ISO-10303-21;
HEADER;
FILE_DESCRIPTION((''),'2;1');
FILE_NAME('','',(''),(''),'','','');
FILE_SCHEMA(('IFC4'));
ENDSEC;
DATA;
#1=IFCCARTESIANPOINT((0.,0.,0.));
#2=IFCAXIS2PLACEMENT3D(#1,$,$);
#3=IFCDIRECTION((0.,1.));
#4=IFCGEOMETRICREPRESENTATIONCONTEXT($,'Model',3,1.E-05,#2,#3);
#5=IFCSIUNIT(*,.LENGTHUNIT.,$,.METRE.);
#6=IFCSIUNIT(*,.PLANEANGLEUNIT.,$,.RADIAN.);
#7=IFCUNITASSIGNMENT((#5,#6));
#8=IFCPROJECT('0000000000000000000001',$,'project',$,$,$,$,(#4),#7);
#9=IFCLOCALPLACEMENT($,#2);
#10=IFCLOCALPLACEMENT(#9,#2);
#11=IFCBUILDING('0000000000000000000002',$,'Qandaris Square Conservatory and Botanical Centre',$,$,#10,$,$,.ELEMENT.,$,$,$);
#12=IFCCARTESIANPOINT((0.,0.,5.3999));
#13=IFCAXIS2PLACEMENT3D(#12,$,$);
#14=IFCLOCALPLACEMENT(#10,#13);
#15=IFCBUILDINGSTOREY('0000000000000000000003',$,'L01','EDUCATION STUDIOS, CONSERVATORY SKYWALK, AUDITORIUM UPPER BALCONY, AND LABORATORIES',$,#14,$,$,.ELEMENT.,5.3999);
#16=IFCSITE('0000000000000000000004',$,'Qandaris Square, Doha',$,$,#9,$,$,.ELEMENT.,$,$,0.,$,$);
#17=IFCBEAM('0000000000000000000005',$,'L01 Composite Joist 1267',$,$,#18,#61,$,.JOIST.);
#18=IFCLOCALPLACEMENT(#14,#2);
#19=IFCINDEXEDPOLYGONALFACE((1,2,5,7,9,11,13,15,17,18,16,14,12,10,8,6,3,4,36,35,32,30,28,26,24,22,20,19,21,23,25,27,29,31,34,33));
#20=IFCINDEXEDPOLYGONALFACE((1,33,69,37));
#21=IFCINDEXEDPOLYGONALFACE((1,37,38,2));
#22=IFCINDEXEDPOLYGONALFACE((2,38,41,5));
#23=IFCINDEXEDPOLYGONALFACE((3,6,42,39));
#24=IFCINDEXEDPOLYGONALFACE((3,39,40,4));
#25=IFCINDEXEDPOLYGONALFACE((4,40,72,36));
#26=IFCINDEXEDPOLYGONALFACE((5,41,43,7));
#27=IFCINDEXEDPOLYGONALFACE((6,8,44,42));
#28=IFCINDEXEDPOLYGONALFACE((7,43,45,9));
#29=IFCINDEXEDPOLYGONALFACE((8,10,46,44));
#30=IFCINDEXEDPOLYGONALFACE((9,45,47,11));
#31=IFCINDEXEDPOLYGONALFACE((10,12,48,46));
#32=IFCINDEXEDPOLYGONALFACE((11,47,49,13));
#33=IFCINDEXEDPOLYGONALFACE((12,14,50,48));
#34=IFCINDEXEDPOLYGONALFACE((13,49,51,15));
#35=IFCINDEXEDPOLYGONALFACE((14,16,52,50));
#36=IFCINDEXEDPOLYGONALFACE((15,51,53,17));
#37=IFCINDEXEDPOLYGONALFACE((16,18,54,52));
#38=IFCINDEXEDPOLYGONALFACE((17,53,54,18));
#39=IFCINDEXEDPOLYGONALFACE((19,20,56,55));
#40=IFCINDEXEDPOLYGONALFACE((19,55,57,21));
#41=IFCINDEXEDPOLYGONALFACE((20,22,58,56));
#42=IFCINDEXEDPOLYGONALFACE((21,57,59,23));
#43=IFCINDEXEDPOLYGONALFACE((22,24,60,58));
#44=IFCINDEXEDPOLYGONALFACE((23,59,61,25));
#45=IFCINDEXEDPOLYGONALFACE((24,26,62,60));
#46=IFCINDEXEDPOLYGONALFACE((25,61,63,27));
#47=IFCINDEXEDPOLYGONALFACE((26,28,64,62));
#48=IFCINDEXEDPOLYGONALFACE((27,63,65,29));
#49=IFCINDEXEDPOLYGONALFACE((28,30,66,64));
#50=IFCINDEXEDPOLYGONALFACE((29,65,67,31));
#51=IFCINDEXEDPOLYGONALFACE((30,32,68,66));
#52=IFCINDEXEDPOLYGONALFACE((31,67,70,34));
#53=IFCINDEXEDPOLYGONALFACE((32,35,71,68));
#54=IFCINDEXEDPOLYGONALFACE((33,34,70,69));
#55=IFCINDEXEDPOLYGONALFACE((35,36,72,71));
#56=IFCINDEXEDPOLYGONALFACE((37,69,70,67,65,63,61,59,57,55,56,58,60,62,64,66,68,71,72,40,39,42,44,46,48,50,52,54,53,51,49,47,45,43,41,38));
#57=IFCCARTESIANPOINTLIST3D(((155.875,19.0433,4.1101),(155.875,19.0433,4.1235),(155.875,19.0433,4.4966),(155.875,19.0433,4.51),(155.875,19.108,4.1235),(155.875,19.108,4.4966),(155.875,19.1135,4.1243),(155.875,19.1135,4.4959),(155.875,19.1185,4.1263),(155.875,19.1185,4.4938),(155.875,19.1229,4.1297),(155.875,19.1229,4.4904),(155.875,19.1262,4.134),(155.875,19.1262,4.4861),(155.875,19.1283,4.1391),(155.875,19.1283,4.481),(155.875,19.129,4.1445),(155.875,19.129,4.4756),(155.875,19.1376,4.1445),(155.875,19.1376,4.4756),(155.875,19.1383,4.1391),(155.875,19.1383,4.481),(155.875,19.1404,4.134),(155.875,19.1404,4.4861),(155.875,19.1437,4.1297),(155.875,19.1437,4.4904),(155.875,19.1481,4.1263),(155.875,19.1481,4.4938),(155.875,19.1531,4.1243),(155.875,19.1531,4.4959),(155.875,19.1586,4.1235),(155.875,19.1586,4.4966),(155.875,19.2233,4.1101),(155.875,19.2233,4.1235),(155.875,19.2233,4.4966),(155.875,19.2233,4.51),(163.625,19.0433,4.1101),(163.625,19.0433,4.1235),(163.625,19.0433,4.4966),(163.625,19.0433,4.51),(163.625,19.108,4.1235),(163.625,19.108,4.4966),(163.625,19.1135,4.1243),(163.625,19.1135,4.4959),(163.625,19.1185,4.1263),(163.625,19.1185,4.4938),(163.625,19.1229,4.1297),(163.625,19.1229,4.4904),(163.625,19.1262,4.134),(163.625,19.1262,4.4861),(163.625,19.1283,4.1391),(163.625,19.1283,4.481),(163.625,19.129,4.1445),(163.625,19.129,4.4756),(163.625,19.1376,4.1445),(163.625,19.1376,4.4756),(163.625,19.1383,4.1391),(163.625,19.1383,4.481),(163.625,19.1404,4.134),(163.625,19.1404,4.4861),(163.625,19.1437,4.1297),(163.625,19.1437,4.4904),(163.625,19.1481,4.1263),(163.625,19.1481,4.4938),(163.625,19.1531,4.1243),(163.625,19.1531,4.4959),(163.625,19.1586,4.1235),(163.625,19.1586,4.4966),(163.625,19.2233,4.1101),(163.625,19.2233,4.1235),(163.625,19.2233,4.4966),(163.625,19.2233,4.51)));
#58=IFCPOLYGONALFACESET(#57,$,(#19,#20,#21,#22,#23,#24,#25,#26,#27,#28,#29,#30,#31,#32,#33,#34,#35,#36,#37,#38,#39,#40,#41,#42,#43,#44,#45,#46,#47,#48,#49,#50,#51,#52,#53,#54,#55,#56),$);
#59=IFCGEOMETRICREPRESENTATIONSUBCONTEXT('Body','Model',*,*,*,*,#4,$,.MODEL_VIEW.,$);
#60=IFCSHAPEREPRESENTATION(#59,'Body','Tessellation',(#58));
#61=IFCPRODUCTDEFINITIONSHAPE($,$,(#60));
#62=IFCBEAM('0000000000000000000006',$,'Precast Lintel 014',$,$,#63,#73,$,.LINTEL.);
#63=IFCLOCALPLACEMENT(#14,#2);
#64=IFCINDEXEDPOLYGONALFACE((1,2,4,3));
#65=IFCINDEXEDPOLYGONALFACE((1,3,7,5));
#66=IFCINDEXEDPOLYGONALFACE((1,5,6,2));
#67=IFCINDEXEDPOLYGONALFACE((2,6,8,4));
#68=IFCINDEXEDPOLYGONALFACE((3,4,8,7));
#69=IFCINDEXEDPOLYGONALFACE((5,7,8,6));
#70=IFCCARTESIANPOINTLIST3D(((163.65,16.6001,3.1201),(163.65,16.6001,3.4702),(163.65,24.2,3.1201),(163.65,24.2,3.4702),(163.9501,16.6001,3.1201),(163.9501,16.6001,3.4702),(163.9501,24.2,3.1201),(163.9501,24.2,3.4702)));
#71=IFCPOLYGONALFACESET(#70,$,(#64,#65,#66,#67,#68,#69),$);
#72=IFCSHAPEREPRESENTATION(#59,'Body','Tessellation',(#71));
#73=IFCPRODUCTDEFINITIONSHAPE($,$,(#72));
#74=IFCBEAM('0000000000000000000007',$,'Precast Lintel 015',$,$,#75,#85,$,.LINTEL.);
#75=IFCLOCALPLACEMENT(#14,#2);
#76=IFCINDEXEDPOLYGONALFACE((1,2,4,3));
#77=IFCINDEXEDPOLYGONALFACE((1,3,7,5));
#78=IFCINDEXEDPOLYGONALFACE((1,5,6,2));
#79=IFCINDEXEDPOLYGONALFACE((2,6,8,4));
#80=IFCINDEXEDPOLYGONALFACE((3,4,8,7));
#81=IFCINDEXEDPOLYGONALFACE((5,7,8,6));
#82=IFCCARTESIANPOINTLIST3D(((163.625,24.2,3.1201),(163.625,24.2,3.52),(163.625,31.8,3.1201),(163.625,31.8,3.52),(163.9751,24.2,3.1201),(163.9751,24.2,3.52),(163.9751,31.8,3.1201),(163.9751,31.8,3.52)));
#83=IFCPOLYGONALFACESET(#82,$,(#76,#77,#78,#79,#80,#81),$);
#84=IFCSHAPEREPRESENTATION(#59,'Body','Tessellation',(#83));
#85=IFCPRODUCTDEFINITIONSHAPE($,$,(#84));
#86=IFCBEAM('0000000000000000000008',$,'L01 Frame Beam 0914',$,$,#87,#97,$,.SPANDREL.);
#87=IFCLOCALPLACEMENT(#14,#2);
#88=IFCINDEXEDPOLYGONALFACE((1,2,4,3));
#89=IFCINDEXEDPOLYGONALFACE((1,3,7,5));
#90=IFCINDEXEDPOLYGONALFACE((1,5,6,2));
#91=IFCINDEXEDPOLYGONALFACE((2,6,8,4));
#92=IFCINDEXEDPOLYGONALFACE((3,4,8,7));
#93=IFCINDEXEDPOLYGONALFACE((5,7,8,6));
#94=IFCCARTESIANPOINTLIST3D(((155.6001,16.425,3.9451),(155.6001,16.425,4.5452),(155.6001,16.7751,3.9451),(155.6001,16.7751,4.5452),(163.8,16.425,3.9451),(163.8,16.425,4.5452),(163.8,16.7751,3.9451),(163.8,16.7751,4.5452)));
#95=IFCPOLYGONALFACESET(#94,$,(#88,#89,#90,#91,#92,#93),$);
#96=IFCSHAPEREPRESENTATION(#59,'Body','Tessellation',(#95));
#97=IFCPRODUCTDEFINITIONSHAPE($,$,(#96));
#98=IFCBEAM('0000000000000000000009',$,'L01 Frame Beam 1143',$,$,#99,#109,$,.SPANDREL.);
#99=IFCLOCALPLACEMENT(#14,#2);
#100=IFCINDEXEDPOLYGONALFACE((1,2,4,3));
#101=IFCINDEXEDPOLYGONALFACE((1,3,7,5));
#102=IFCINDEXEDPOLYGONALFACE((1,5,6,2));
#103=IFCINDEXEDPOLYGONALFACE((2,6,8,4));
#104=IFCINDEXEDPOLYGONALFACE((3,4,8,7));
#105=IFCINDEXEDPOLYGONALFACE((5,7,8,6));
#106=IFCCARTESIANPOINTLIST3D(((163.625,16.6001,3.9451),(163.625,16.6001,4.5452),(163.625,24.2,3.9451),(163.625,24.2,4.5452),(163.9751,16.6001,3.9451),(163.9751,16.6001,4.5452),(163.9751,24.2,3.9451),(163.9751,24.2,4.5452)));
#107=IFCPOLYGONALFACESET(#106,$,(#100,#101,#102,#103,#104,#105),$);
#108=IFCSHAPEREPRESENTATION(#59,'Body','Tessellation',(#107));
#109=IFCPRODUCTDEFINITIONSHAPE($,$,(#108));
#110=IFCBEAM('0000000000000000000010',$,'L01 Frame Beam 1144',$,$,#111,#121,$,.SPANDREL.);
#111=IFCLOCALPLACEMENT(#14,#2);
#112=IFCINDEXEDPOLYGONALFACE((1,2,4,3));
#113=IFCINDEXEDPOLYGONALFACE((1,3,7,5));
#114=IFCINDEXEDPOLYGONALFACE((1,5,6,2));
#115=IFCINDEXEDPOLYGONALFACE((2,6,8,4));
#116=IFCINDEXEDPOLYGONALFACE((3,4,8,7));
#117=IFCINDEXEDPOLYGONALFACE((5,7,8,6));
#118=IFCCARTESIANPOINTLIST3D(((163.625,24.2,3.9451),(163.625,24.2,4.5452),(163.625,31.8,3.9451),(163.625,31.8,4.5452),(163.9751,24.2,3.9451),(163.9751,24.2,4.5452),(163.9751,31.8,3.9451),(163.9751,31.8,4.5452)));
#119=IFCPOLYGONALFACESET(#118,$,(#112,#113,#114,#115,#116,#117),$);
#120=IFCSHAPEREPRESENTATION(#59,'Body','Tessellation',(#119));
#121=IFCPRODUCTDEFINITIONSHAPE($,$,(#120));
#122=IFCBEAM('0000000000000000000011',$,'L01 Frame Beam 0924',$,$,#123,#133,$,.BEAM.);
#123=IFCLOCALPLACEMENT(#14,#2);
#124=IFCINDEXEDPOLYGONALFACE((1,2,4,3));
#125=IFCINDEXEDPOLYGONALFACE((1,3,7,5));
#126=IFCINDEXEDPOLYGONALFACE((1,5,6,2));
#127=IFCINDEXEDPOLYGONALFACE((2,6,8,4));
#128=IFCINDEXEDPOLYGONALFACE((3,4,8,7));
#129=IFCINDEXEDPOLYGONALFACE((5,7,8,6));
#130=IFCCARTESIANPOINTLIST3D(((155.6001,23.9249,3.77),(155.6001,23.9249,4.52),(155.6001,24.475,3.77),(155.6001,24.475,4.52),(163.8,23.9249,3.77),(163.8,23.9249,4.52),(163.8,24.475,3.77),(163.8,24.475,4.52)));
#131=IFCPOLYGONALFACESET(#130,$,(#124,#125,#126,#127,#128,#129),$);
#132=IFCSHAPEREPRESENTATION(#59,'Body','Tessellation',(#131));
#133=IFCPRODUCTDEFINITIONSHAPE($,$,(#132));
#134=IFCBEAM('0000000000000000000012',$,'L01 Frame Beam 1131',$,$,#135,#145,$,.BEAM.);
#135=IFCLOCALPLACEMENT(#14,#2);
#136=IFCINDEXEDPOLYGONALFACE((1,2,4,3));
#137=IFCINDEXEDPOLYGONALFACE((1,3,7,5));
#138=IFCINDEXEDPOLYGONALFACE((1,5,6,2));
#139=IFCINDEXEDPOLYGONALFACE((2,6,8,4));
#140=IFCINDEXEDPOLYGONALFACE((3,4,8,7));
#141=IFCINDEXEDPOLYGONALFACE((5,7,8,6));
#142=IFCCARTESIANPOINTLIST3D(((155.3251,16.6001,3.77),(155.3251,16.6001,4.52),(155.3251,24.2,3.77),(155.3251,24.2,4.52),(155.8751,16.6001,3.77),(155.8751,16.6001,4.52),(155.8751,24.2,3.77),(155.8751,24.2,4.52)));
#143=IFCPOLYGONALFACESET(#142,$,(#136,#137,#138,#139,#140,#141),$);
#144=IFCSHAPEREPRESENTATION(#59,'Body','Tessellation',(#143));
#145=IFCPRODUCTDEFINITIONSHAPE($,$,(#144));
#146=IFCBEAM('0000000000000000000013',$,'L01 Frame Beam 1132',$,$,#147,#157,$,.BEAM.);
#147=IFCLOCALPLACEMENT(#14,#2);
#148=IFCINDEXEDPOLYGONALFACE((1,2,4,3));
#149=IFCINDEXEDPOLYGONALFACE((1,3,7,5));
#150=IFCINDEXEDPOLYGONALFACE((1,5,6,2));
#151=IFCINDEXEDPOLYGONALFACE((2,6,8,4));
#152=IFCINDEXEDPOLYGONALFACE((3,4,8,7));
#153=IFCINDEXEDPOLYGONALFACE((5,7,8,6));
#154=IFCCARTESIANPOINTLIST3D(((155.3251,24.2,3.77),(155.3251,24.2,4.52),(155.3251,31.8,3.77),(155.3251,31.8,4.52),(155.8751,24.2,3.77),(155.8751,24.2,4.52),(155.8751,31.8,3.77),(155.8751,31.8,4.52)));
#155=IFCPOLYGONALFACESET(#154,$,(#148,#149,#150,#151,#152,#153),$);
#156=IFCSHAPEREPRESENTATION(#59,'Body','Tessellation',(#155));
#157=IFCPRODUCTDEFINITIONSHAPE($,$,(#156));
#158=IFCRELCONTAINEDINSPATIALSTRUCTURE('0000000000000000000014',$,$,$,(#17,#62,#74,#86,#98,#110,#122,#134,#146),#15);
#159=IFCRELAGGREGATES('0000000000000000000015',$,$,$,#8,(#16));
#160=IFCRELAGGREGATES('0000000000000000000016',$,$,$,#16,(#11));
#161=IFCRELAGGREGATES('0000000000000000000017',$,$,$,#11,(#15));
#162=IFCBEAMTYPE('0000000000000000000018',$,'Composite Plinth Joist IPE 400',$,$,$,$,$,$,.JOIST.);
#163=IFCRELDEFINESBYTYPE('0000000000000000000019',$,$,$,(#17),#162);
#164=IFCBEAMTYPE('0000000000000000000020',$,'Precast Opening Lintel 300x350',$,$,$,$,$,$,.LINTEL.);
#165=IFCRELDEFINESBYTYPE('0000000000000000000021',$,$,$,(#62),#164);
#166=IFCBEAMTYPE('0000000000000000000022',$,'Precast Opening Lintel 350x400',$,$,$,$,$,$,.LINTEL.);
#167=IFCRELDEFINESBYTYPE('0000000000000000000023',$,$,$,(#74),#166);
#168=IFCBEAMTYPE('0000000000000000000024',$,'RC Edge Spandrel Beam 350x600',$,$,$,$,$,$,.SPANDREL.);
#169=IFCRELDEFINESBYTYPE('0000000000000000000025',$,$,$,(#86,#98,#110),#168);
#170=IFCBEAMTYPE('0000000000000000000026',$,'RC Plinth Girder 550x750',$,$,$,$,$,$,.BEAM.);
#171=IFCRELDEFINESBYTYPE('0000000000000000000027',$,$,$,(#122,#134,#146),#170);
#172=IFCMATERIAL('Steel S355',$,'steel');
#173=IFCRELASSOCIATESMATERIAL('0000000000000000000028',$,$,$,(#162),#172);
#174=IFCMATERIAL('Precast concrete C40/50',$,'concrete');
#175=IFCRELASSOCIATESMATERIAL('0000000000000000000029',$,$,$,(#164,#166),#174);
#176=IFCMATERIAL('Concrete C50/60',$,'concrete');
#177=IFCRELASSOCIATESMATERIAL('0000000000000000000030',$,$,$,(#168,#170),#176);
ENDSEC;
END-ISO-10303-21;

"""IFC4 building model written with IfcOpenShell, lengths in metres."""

from ifc_helpers import new_model, si_unit, direction, frame, origin, origin_2d, place, context, subcontext, project, spatial, rectangle, i_section, extrude, material, material_profile, profile_set, type_object, element, save


model = new_model("IFC4")

# Units and contexts
model_context = context("Model", 3, precision=1e-05, world=origin(), true_north=direction((0.0, 1.0)))
body_context = subcontext(model_context, "Body", "Model", "MODEL_VIEW")
ifc_project = project(units=[si_unit("LENGTHUNIT", "METRE"), si_unit("PLANEANGLEUNIT", "RADIAN")], contexts=[model_context])

# Site, building, storey
site_placement = place(None, origin())
site = spatial("IfcSite", under=ifc_project, at=site_placement, Name="Qandaris Square, Doha", CompositionType="ELEMENT", RefElevation=0.0)
building_placement = place(site_placement, origin())
building = spatial("IfcBuilding", under=site, at=building_placement, Name="Qandaris Square Conservatory and Botanical Centre", CompositionType="ELEMENT")
storey_placement = place(building_placement, frame((0.0, 0.0, 5.3999)))
storey = spatial("IfcBuildingStorey", under=building, at=storey_placement, Name="L01", Description="EDUCATION STUDIOS, CONSERVATORY SKYWALK, AUDITORIUM UPPER BALCONY, AND LABORATORIES", CompositionType="ELEMENT", Elevation=5.3999)

# Shared definitions
ifc_material_1 = material(Name="Concrete C50/60", Category="concrete")

# Shared definitions
ifc_material_2 = material(Name="Steel S355", Category="steel")

# Beams
ifc_material_profile_1 = material_profile(ifc_material_2, i_section(OverallWidth=0.1799, OverallDepth=0.3999, WebThickness=0.0085, FlangeThickness=0.0134, FilletRadius=0.021, at=origin_2d()), Name="IPE 400")
ifc_profile_set_1 = profile_set([ifc_material_profile_1], Name="Steel S355")
beam_type_1 = type_object("IfcBeamType", Name="Composite Plinth Joist IPE 400", PredefinedType="JOIST", material=ifc_profile_set_1)
beam_1_placement = place(storey_placement, frame((155.875, 19.1333, 4.3101), z_axis=(1.0, 0.0, 0.0), x_axis=(0.0, 1.0, 0.0)))
element("IfcBeam", 1, at=beam_1_placement, inside=storey, type_object=beam_type_1, Name="L01 Composite Joist 1267", PredefinedType="JOIST", context=body_context, shape_type="SweptSolid", body=[
    extrude(i_section(OverallWidth=0.1799, OverallDepth=0.3999, WebThickness=0.0085, FlangeThickness=0.0134, FilletRadius=0.021, at=origin_2d()), origin(), (0.0, 0.0, 1.0), 7.75),
])
ifc_material_3 = material(Name="Precast concrete C40/50", Category="concrete")
ifc_material_profile_2 = material_profile(ifc_material_3, rectangle(XDim=0.3, YDim=0.3501, at=origin_2d()), Name="RC-LN 300x350")
ifc_profile_set_2 = profile_set([ifc_material_profile_2], Name="Precast concrete C40/50")
beam_type_2 = type_object("IfcBeamType", Name="Precast Opening Lintel 300x350", PredefinedType="LINTEL", material=ifc_profile_set_2)
beam_2_placement = place(storey_placement, frame((163.8, 16.6001, 3.2952), z_axis=(0.0, 1.0, 0.0), x_axis=(-1.0, 0.0, 0.0)))
element("IfcBeam", 2, at=beam_2_placement, inside=storey, type_object=beam_type_2, Name="Precast Lintel 014", PredefinedType="LINTEL", context=body_context, shape_type="SweptSolid", body=[
    extrude(rectangle(XDim=0.3, YDim=0.3501, at=origin_2d()), origin(), (0.0, 0.0, 1.0), 7.5999),
])
ifc_material_profile_3 = material_profile(ifc_material_3, rectangle(XDim=0.3501, YDim=0.3999, at=origin_2d()), Name="RC-LN 350x400")
ifc_profile_set_3 = profile_set([ifc_material_profile_3], Name="Precast concrete C40/50")
beam_type_3 = type_object("IfcBeamType", Name="Precast Opening Lintel 350x400", PredefinedType="LINTEL", material=ifc_profile_set_3)
beam_3_placement = place(storey_placement, frame((163.8, 24.2, 3.3201), z_axis=(0.0, 1.0, 0.0), x_axis=(-1.0, 0.0, 0.0)))
element("IfcBeam", 3, at=beam_3_placement, inside=storey, type_object=beam_type_3, Name="Precast Lintel 015", PredefinedType="LINTEL", context=body_context, shape_type="SweptSolid", body=[
    extrude(rectangle(XDim=0.3501, YDim=0.3999, at=origin_2d()), origin(), (0.0, 0.0, 1.0), 7.6001),
])
ifc_material_profile_4 = material_profile(ifc_material_1, rectangle(XDim=0.3501, YDim=0.6001, at=origin_2d()), Name="RC-SP 350x600")
ifc_profile_set_4 = profile_set([ifc_material_profile_4], Name="Concrete C50/60")
beam_type_4 = type_object("IfcBeamType", Name="RC Edge Spandrel Beam 350x600", PredefinedType="SPANDREL", material=ifc_profile_set_4)
beam_4_placement = place(storey_placement, frame((155.6001, 16.6001, 4.2451), z_axis=(1.0, 0.0, 0.0), x_axis=(0.0, 1.0, 0.0)))
element("IfcBeam", 4, at=beam_4_placement, inside=storey, type_object=beam_type_4, Name="L01 Frame Beam 0914", PredefinedType="SPANDREL", context=body_context, shape_type="SweptSolid", body=[
    extrude(rectangle(XDim=0.3501, YDim=0.6001, at=origin_2d()), origin(), (0.0, 0.0, 1.0), 8.2),
])
beam_5_placement = place(storey_placement, frame((163.8, 16.6001, 4.2451), z_axis=(0.0, 1.0, 0.0), x_axis=(-1.0, 0.0, 0.0)))
element("IfcBeam", 5, at=beam_5_placement, inside=storey, type_object=beam_type_4, Name="L01 Frame Beam 1143", PredefinedType="SPANDREL", context=body_context, shape_type="SweptSolid", body=[
    extrude(rectangle(XDim=0.3501, YDim=0.6001, at=origin_2d()), origin(), (0.0, 0.0, 1.0), 7.5999),
])
beam_6_placement = place(storey_placement, frame((163.8, 24.2, 4.2451), z_axis=(0.0, 1.0, 0.0), x_axis=(-1.0, 0.0, 0.0)))
element("IfcBeam", 6, at=beam_6_placement, inside=storey, type_object=beam_type_4, Name="L01 Frame Beam 1144", PredefinedType="SPANDREL", context=body_context, shape_type="SweptSolid", body=[
    extrude(rectangle(XDim=0.3501, YDim=0.6001, at=origin_2d()), origin(), (0.0, 0.0, 1.0), 7.6001),
])
ifc_material_profile_5 = material_profile(ifc_material_1, rectangle(XDim=0.55, YDim=0.75, at=origin_2d()), Name="RC-BM 550x750")
ifc_profile_set_5 = profile_set([ifc_material_profile_5], Name="Concrete C50/60")
beam_type_5 = type_object("IfcBeamType", Name="RC Plinth Girder 550x750", PredefinedType="BEAM", material=ifc_profile_set_5)
beam_7_placement = place(storey_placement, frame((155.6001, 24.2, 4.145), z_axis=(1.0, 0.0, 0.0), x_axis=(0.0, 1.0, 0.0)))
element("IfcBeam", 7, at=beam_7_placement, inside=storey, type_object=beam_type_5, Name="L01 Frame Beam 0924", PredefinedType="BEAM", context=body_context, shape_type="SweptSolid", body=[
    extrude(rectangle(XDim=0.55, YDim=0.75, at=origin_2d()), origin(), (0.0, 0.0, 1.0), 8.2),
])
beam_8_placement = place(storey_placement, frame((155.6001, 16.6001, 4.145), z_axis=(0.0, 1.0, 0.0), x_axis=(-1.0, 0.0, 0.0)))
element("IfcBeam", 8, at=beam_8_placement, inside=storey, type_object=beam_type_5, Name="L01 Frame Beam 1131", PredefinedType="BEAM", context=body_context, shape_type="SweptSolid", body=[
    extrude(rectangle(XDim=0.55, YDim=0.75, at=origin_2d()), origin(), (0.0, 0.0, 1.0), 7.5999),
])
beam_9_placement = place(storey_placement, frame((155.6001, 24.2, 4.145), z_axis=(0.0, 1.0, 0.0), x_axis=(-1.0, 0.0, 0.0)))
element("IfcBeam", 9, at=beam_9_placement, inside=storey, type_object=beam_type_5, Name="L01 Frame Beam 1132", PredefinedType="BEAM", context=body_context, shape_type="SweptSolid", body=[
    extrude(rectangle(XDim=0.55, YDim=0.75, at=origin_2d()), origin(), (0.0, 0.0, 1.0), 7.6001),
])

save(model, "model.ifc")
